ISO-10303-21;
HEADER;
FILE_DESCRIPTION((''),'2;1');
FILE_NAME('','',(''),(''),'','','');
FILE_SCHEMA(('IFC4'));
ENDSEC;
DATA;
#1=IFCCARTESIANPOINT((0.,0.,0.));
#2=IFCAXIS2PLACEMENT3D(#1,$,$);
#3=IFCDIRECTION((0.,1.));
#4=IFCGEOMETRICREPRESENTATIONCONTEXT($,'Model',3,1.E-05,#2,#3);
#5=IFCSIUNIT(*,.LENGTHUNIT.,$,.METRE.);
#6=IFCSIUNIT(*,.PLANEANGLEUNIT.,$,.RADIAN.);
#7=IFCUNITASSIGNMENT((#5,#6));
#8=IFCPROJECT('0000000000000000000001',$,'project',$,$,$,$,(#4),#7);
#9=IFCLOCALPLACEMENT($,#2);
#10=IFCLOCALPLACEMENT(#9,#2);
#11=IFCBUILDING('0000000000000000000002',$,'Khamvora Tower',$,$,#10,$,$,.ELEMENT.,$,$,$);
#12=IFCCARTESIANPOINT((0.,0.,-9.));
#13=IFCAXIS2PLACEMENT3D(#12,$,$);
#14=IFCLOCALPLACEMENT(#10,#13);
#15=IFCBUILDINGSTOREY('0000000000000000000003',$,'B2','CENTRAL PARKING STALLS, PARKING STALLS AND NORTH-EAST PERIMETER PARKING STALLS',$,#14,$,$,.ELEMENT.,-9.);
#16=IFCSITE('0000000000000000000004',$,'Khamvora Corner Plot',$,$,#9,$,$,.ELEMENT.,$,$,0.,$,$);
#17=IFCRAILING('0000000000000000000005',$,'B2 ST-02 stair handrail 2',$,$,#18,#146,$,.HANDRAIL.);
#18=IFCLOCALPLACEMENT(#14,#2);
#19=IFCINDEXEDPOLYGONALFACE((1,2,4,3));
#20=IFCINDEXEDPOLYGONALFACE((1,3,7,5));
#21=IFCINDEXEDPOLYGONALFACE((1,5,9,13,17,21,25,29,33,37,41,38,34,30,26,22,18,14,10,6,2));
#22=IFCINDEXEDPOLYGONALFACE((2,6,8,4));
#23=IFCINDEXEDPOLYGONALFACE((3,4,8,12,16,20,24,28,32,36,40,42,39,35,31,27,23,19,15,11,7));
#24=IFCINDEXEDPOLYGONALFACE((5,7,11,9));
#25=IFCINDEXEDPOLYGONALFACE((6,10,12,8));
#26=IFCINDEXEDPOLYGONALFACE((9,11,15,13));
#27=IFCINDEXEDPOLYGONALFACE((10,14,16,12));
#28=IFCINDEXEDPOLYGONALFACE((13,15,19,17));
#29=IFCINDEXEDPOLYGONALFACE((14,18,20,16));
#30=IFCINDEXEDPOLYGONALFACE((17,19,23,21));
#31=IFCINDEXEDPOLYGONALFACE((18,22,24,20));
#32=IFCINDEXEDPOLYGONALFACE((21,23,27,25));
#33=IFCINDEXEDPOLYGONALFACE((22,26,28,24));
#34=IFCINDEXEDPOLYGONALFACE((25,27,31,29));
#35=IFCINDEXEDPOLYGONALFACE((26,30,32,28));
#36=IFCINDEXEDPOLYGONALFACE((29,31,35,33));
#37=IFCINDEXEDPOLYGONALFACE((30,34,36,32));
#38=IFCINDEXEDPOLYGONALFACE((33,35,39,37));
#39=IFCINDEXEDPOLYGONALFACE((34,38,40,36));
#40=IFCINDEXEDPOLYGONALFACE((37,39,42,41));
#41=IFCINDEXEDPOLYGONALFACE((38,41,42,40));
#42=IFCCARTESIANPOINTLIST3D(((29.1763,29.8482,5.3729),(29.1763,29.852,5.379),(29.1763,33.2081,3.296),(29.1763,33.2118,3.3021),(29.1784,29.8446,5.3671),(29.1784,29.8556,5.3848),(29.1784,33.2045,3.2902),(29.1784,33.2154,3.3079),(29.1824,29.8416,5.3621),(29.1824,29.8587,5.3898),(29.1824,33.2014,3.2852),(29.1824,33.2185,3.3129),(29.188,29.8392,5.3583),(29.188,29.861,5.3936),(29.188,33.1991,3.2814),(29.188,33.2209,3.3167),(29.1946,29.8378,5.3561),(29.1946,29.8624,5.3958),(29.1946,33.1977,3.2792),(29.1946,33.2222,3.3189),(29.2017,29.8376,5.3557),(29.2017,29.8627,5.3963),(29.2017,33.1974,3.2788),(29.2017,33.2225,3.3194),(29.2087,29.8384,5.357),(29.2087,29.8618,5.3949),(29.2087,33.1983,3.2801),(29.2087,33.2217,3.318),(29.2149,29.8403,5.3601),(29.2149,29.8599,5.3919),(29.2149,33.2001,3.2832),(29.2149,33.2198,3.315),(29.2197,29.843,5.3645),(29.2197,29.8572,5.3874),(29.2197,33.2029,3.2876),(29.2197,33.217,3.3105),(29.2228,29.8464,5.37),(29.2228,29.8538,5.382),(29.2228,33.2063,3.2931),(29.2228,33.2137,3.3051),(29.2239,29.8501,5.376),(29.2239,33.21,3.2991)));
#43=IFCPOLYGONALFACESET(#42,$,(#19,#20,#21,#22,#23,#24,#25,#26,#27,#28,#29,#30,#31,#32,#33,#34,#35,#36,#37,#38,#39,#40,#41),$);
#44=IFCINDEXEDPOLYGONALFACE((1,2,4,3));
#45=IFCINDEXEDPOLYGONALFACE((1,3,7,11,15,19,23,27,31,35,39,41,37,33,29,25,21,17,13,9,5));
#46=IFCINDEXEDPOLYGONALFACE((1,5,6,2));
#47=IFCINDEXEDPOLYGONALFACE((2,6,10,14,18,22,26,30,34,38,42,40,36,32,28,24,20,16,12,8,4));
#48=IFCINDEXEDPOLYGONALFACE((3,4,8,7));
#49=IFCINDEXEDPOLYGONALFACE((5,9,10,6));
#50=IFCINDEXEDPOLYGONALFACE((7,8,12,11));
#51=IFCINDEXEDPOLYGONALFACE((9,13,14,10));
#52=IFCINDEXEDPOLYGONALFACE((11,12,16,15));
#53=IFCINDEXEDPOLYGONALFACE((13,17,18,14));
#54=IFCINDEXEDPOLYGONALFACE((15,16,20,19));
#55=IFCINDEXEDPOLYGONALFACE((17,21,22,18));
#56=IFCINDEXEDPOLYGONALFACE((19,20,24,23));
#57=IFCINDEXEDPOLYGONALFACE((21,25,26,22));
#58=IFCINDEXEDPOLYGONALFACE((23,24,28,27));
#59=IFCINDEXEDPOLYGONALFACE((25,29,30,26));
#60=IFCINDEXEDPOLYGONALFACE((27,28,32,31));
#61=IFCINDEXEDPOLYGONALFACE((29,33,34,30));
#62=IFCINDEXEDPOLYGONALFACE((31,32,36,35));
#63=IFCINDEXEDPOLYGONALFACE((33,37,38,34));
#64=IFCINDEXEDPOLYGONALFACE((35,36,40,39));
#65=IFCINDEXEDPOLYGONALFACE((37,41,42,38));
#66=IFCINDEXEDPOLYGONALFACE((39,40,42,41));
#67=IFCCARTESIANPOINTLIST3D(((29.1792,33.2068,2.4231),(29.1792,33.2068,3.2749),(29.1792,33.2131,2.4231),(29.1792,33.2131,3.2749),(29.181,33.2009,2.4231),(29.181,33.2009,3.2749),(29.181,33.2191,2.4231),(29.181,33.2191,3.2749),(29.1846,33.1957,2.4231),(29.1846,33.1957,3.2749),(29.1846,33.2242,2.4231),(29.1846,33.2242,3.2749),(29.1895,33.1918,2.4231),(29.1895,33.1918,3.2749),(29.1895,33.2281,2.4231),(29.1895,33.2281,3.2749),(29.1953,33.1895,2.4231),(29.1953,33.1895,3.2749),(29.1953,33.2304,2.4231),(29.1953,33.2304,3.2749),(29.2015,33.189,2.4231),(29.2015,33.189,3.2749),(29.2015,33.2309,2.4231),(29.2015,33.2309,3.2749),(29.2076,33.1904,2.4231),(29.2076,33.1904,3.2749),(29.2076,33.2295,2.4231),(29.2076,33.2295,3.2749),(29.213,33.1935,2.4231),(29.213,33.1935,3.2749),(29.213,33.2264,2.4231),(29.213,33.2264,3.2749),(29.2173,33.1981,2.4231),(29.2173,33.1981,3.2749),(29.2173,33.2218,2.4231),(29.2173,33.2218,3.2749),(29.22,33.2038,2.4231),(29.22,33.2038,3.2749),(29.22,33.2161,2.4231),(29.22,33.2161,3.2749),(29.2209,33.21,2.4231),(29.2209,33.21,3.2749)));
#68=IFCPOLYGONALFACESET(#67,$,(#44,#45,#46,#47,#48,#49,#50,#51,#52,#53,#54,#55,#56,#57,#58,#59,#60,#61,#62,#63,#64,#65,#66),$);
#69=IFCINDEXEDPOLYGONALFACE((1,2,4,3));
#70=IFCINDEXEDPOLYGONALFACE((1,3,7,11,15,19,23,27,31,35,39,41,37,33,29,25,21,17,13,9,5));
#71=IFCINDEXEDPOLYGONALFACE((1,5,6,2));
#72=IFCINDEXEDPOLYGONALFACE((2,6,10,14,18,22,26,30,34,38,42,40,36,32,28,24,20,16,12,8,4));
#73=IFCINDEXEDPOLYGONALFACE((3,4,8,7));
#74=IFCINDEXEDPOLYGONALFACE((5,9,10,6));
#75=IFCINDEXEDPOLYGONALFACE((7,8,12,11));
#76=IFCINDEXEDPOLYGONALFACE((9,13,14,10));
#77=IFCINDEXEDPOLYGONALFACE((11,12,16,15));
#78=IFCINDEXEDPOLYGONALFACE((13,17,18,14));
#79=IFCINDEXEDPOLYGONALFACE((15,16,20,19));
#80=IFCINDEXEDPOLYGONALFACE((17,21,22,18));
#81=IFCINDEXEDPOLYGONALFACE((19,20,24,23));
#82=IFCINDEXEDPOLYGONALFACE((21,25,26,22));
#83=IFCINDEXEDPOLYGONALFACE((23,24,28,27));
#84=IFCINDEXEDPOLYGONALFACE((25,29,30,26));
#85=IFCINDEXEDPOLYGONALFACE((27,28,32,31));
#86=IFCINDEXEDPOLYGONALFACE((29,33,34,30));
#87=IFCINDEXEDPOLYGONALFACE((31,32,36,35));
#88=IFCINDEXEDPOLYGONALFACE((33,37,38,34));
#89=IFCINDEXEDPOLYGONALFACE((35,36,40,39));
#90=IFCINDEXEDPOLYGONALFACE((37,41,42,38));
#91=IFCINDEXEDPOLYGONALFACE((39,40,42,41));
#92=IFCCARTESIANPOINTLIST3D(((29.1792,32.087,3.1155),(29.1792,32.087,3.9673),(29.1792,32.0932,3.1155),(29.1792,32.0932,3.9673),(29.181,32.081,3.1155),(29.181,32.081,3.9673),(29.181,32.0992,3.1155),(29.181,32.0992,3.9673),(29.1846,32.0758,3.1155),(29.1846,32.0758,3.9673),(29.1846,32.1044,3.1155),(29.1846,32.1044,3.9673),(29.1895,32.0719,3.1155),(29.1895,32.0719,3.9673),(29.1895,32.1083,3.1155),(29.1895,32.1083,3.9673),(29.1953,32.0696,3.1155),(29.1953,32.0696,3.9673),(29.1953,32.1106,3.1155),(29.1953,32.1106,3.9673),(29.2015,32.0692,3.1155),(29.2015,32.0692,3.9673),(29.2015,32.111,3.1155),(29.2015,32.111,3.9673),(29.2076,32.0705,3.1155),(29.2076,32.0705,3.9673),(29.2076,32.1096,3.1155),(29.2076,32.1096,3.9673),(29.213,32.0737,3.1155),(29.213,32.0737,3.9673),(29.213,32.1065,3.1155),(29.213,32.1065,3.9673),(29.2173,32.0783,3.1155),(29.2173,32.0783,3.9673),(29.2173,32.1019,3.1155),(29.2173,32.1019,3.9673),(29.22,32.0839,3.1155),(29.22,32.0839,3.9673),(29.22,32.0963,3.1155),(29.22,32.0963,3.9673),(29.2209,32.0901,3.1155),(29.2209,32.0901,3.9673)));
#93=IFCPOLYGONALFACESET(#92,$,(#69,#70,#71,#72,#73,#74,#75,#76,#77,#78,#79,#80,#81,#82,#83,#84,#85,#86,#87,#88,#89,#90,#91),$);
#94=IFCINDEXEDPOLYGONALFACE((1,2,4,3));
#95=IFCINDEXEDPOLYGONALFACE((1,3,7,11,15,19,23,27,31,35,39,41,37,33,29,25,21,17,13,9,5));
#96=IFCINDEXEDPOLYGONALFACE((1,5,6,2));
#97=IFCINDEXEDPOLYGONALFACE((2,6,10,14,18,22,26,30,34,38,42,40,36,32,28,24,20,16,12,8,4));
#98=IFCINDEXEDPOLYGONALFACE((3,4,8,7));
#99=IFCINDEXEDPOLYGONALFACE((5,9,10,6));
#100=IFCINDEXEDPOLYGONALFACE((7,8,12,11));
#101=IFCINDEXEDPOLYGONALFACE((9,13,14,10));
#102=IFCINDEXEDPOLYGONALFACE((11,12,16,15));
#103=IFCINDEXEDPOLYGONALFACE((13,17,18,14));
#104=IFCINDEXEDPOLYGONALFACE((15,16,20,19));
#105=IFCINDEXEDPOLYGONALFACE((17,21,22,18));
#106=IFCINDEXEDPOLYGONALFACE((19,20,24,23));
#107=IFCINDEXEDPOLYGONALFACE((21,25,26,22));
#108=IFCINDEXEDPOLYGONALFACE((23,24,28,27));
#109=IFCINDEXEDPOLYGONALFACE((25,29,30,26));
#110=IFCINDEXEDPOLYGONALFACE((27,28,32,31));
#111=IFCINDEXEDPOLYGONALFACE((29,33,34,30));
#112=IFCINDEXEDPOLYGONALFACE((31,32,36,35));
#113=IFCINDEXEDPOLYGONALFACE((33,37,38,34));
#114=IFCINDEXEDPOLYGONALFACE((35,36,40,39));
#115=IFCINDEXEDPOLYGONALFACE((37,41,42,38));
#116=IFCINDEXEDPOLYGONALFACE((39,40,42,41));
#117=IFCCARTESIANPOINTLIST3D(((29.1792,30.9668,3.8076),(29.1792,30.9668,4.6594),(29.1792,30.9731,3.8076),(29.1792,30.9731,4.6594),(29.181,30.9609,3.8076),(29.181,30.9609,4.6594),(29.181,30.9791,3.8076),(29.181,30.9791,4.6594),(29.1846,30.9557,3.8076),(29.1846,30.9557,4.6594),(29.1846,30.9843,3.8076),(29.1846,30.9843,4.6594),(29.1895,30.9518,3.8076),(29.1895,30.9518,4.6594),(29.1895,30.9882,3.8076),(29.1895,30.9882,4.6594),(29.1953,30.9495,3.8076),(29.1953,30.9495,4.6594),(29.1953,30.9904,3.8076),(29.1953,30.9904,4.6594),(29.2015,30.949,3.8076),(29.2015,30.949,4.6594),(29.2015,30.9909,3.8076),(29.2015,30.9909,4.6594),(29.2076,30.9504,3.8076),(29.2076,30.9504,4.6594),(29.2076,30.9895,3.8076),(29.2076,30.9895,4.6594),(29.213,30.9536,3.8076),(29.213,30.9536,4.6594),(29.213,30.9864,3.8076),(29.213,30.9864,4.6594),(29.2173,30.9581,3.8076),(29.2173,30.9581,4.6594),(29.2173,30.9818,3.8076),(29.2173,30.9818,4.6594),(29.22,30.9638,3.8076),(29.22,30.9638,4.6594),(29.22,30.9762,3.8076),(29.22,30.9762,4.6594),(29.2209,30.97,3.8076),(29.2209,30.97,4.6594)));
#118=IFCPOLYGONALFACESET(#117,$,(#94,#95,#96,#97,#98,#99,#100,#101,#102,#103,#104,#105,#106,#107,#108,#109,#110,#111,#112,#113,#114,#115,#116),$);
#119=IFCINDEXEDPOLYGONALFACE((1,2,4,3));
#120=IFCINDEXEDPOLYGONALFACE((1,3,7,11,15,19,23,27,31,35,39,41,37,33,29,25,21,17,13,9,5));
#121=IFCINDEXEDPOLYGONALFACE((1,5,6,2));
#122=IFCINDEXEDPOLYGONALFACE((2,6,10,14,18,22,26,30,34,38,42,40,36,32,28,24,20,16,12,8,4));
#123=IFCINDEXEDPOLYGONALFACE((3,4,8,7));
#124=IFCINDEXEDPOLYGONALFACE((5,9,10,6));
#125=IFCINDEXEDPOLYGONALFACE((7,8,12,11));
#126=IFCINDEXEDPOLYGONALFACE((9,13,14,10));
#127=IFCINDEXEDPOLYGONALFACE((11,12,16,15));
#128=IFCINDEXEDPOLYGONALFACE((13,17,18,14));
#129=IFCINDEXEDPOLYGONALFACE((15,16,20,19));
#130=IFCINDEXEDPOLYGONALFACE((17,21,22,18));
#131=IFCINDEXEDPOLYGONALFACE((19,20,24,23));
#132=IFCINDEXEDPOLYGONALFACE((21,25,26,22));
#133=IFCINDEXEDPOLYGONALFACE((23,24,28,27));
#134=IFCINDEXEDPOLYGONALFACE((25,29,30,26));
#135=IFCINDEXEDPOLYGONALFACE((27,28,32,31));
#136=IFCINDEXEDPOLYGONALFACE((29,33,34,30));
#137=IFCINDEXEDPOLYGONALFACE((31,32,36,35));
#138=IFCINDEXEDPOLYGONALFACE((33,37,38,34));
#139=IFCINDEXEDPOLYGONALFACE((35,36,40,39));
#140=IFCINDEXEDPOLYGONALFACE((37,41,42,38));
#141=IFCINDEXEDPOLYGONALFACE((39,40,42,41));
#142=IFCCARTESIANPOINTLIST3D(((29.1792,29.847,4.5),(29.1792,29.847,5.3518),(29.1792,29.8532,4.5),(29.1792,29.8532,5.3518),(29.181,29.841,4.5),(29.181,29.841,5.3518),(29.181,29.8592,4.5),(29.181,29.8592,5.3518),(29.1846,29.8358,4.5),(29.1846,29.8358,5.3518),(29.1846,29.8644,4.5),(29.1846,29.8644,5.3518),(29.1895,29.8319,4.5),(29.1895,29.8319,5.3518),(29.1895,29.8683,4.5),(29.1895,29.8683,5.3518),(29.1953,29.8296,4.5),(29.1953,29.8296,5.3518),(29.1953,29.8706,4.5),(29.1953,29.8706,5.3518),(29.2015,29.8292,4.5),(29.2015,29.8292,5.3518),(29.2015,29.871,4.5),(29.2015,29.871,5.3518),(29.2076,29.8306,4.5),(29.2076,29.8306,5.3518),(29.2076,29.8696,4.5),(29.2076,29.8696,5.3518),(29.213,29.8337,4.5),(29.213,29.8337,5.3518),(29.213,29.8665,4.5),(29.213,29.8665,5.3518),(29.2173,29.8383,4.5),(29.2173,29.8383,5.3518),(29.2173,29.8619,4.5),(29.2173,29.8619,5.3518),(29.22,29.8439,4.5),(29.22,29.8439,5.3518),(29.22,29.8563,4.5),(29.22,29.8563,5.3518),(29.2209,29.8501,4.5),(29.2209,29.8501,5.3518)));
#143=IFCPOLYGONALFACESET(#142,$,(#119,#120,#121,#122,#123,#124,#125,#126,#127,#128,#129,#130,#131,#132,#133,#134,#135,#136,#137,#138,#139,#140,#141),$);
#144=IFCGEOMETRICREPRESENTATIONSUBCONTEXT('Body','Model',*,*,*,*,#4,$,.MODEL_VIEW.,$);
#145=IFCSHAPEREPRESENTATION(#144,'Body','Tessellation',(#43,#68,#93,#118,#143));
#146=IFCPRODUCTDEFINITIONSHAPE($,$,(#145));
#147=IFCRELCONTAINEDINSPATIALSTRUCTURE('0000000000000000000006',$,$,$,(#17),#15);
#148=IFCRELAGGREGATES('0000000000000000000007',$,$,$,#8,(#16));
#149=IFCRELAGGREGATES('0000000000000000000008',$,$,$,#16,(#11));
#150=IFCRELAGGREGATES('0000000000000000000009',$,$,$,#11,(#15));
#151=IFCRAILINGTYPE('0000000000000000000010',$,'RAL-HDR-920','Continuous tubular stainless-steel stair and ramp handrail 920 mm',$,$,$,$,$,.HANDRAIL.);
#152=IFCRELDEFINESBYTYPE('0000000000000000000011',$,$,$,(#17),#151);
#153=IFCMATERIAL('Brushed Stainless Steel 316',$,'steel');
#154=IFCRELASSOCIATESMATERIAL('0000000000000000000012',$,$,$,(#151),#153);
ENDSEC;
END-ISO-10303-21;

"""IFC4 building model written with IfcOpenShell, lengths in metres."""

from ifc_helpers import new_model, si_unit, direction, frame, origin, origin_2d, place, context, subcontext, project, spatial, circle, extrude, material, type_object, element, save


model = new_model("IFC4")

# Units and contexts
model_context = context("Model", 3, precision=1e-05, world=origin(), true_north=direction((0.0, 1.0)))
body_context = subcontext(model_context, "Body", "Model", "MODEL_VIEW")
ifc_project = project(units=[si_unit("LENGTHUNIT", "METRE"), si_unit("PLANEANGLEUNIT", "RADIAN")], contexts=[model_context])

# Site, building, storey
site_placement = place(None, origin())
site = spatial("IfcSite", under=ifc_project, at=site_placement, Name="Khamvora Corner Plot", CompositionType="ELEMENT", RefElevation=0.0)
building_placement = place(site_placement, origin())
building = spatial("IfcBuilding", under=site, at=building_placement, Name="Khamvora Tower", CompositionType="ELEMENT")
storey_placement = place(building_placement, frame((0.0, 0.0, -9.0)))
storey = spatial("IfcBuildingStorey", under=building, at=storey_placement, Name="B2", Description="CENTRAL PARKING STALLS, PARKING STALLS AND NORTH-EAST PERIMETER PARKING STALLS", CompositionType="ELEMENT", Elevation=-9.0)

# Railing
ifc_material_1 = material(Name="Brushed Stainless Steel 316", Category="steel")
railing_type_1 = type_object("IfcRailingType", Name="RAL-HDR-920", Description="Continuous tubular stainless-steel stair and ramp handrail 920 mm", PredefinedType="HANDRAIL", material=ifc_material_1)
railing_1_placement = place(storey_placement, frame((29.2, 33.21, 2.4231)))
element("IfcRailing", 1, at=railing_1_placement, inside=storey, type_object=railing_type_1, Name="B2 ST-02 stair handrail 2", PredefinedType="HANDRAIL", context=body_context, shape_type="SweptSolid", body=[
    extrude(circle(Radius=0.0239, at=origin_2d()), frame((0.0, 0.0, 0.876), z_axis=(0.0, -0.850606, 0.525803), x_axis=(1.0, 0.0, 0.0)), (0.0, 0.0, 1.0), 3.95),
    extrude(circle(Radius=0.021, at=origin_2d()), origin(), (0.0, 0.0, 1.0), 0.8518),
    extrude(circle(Radius=0.021, at=origin_2d()), frame((0.0, -1.1199, 0.6924)), (0.0, 0.0, 1.0), 0.8518),
    extrude(circle(Radius=0.021, at=origin_2d()), frame((0.0, -2.24, 1.3845)), (0.0, 0.0, 1.0), 0.8518),
    extrude(circle(Radius=0.021, at=origin_2d()), frame((0.0, -3.3599, 2.0769)), (0.0, 0.0, 1.0), 0.8518),
])

save(model, "model.ifc")
